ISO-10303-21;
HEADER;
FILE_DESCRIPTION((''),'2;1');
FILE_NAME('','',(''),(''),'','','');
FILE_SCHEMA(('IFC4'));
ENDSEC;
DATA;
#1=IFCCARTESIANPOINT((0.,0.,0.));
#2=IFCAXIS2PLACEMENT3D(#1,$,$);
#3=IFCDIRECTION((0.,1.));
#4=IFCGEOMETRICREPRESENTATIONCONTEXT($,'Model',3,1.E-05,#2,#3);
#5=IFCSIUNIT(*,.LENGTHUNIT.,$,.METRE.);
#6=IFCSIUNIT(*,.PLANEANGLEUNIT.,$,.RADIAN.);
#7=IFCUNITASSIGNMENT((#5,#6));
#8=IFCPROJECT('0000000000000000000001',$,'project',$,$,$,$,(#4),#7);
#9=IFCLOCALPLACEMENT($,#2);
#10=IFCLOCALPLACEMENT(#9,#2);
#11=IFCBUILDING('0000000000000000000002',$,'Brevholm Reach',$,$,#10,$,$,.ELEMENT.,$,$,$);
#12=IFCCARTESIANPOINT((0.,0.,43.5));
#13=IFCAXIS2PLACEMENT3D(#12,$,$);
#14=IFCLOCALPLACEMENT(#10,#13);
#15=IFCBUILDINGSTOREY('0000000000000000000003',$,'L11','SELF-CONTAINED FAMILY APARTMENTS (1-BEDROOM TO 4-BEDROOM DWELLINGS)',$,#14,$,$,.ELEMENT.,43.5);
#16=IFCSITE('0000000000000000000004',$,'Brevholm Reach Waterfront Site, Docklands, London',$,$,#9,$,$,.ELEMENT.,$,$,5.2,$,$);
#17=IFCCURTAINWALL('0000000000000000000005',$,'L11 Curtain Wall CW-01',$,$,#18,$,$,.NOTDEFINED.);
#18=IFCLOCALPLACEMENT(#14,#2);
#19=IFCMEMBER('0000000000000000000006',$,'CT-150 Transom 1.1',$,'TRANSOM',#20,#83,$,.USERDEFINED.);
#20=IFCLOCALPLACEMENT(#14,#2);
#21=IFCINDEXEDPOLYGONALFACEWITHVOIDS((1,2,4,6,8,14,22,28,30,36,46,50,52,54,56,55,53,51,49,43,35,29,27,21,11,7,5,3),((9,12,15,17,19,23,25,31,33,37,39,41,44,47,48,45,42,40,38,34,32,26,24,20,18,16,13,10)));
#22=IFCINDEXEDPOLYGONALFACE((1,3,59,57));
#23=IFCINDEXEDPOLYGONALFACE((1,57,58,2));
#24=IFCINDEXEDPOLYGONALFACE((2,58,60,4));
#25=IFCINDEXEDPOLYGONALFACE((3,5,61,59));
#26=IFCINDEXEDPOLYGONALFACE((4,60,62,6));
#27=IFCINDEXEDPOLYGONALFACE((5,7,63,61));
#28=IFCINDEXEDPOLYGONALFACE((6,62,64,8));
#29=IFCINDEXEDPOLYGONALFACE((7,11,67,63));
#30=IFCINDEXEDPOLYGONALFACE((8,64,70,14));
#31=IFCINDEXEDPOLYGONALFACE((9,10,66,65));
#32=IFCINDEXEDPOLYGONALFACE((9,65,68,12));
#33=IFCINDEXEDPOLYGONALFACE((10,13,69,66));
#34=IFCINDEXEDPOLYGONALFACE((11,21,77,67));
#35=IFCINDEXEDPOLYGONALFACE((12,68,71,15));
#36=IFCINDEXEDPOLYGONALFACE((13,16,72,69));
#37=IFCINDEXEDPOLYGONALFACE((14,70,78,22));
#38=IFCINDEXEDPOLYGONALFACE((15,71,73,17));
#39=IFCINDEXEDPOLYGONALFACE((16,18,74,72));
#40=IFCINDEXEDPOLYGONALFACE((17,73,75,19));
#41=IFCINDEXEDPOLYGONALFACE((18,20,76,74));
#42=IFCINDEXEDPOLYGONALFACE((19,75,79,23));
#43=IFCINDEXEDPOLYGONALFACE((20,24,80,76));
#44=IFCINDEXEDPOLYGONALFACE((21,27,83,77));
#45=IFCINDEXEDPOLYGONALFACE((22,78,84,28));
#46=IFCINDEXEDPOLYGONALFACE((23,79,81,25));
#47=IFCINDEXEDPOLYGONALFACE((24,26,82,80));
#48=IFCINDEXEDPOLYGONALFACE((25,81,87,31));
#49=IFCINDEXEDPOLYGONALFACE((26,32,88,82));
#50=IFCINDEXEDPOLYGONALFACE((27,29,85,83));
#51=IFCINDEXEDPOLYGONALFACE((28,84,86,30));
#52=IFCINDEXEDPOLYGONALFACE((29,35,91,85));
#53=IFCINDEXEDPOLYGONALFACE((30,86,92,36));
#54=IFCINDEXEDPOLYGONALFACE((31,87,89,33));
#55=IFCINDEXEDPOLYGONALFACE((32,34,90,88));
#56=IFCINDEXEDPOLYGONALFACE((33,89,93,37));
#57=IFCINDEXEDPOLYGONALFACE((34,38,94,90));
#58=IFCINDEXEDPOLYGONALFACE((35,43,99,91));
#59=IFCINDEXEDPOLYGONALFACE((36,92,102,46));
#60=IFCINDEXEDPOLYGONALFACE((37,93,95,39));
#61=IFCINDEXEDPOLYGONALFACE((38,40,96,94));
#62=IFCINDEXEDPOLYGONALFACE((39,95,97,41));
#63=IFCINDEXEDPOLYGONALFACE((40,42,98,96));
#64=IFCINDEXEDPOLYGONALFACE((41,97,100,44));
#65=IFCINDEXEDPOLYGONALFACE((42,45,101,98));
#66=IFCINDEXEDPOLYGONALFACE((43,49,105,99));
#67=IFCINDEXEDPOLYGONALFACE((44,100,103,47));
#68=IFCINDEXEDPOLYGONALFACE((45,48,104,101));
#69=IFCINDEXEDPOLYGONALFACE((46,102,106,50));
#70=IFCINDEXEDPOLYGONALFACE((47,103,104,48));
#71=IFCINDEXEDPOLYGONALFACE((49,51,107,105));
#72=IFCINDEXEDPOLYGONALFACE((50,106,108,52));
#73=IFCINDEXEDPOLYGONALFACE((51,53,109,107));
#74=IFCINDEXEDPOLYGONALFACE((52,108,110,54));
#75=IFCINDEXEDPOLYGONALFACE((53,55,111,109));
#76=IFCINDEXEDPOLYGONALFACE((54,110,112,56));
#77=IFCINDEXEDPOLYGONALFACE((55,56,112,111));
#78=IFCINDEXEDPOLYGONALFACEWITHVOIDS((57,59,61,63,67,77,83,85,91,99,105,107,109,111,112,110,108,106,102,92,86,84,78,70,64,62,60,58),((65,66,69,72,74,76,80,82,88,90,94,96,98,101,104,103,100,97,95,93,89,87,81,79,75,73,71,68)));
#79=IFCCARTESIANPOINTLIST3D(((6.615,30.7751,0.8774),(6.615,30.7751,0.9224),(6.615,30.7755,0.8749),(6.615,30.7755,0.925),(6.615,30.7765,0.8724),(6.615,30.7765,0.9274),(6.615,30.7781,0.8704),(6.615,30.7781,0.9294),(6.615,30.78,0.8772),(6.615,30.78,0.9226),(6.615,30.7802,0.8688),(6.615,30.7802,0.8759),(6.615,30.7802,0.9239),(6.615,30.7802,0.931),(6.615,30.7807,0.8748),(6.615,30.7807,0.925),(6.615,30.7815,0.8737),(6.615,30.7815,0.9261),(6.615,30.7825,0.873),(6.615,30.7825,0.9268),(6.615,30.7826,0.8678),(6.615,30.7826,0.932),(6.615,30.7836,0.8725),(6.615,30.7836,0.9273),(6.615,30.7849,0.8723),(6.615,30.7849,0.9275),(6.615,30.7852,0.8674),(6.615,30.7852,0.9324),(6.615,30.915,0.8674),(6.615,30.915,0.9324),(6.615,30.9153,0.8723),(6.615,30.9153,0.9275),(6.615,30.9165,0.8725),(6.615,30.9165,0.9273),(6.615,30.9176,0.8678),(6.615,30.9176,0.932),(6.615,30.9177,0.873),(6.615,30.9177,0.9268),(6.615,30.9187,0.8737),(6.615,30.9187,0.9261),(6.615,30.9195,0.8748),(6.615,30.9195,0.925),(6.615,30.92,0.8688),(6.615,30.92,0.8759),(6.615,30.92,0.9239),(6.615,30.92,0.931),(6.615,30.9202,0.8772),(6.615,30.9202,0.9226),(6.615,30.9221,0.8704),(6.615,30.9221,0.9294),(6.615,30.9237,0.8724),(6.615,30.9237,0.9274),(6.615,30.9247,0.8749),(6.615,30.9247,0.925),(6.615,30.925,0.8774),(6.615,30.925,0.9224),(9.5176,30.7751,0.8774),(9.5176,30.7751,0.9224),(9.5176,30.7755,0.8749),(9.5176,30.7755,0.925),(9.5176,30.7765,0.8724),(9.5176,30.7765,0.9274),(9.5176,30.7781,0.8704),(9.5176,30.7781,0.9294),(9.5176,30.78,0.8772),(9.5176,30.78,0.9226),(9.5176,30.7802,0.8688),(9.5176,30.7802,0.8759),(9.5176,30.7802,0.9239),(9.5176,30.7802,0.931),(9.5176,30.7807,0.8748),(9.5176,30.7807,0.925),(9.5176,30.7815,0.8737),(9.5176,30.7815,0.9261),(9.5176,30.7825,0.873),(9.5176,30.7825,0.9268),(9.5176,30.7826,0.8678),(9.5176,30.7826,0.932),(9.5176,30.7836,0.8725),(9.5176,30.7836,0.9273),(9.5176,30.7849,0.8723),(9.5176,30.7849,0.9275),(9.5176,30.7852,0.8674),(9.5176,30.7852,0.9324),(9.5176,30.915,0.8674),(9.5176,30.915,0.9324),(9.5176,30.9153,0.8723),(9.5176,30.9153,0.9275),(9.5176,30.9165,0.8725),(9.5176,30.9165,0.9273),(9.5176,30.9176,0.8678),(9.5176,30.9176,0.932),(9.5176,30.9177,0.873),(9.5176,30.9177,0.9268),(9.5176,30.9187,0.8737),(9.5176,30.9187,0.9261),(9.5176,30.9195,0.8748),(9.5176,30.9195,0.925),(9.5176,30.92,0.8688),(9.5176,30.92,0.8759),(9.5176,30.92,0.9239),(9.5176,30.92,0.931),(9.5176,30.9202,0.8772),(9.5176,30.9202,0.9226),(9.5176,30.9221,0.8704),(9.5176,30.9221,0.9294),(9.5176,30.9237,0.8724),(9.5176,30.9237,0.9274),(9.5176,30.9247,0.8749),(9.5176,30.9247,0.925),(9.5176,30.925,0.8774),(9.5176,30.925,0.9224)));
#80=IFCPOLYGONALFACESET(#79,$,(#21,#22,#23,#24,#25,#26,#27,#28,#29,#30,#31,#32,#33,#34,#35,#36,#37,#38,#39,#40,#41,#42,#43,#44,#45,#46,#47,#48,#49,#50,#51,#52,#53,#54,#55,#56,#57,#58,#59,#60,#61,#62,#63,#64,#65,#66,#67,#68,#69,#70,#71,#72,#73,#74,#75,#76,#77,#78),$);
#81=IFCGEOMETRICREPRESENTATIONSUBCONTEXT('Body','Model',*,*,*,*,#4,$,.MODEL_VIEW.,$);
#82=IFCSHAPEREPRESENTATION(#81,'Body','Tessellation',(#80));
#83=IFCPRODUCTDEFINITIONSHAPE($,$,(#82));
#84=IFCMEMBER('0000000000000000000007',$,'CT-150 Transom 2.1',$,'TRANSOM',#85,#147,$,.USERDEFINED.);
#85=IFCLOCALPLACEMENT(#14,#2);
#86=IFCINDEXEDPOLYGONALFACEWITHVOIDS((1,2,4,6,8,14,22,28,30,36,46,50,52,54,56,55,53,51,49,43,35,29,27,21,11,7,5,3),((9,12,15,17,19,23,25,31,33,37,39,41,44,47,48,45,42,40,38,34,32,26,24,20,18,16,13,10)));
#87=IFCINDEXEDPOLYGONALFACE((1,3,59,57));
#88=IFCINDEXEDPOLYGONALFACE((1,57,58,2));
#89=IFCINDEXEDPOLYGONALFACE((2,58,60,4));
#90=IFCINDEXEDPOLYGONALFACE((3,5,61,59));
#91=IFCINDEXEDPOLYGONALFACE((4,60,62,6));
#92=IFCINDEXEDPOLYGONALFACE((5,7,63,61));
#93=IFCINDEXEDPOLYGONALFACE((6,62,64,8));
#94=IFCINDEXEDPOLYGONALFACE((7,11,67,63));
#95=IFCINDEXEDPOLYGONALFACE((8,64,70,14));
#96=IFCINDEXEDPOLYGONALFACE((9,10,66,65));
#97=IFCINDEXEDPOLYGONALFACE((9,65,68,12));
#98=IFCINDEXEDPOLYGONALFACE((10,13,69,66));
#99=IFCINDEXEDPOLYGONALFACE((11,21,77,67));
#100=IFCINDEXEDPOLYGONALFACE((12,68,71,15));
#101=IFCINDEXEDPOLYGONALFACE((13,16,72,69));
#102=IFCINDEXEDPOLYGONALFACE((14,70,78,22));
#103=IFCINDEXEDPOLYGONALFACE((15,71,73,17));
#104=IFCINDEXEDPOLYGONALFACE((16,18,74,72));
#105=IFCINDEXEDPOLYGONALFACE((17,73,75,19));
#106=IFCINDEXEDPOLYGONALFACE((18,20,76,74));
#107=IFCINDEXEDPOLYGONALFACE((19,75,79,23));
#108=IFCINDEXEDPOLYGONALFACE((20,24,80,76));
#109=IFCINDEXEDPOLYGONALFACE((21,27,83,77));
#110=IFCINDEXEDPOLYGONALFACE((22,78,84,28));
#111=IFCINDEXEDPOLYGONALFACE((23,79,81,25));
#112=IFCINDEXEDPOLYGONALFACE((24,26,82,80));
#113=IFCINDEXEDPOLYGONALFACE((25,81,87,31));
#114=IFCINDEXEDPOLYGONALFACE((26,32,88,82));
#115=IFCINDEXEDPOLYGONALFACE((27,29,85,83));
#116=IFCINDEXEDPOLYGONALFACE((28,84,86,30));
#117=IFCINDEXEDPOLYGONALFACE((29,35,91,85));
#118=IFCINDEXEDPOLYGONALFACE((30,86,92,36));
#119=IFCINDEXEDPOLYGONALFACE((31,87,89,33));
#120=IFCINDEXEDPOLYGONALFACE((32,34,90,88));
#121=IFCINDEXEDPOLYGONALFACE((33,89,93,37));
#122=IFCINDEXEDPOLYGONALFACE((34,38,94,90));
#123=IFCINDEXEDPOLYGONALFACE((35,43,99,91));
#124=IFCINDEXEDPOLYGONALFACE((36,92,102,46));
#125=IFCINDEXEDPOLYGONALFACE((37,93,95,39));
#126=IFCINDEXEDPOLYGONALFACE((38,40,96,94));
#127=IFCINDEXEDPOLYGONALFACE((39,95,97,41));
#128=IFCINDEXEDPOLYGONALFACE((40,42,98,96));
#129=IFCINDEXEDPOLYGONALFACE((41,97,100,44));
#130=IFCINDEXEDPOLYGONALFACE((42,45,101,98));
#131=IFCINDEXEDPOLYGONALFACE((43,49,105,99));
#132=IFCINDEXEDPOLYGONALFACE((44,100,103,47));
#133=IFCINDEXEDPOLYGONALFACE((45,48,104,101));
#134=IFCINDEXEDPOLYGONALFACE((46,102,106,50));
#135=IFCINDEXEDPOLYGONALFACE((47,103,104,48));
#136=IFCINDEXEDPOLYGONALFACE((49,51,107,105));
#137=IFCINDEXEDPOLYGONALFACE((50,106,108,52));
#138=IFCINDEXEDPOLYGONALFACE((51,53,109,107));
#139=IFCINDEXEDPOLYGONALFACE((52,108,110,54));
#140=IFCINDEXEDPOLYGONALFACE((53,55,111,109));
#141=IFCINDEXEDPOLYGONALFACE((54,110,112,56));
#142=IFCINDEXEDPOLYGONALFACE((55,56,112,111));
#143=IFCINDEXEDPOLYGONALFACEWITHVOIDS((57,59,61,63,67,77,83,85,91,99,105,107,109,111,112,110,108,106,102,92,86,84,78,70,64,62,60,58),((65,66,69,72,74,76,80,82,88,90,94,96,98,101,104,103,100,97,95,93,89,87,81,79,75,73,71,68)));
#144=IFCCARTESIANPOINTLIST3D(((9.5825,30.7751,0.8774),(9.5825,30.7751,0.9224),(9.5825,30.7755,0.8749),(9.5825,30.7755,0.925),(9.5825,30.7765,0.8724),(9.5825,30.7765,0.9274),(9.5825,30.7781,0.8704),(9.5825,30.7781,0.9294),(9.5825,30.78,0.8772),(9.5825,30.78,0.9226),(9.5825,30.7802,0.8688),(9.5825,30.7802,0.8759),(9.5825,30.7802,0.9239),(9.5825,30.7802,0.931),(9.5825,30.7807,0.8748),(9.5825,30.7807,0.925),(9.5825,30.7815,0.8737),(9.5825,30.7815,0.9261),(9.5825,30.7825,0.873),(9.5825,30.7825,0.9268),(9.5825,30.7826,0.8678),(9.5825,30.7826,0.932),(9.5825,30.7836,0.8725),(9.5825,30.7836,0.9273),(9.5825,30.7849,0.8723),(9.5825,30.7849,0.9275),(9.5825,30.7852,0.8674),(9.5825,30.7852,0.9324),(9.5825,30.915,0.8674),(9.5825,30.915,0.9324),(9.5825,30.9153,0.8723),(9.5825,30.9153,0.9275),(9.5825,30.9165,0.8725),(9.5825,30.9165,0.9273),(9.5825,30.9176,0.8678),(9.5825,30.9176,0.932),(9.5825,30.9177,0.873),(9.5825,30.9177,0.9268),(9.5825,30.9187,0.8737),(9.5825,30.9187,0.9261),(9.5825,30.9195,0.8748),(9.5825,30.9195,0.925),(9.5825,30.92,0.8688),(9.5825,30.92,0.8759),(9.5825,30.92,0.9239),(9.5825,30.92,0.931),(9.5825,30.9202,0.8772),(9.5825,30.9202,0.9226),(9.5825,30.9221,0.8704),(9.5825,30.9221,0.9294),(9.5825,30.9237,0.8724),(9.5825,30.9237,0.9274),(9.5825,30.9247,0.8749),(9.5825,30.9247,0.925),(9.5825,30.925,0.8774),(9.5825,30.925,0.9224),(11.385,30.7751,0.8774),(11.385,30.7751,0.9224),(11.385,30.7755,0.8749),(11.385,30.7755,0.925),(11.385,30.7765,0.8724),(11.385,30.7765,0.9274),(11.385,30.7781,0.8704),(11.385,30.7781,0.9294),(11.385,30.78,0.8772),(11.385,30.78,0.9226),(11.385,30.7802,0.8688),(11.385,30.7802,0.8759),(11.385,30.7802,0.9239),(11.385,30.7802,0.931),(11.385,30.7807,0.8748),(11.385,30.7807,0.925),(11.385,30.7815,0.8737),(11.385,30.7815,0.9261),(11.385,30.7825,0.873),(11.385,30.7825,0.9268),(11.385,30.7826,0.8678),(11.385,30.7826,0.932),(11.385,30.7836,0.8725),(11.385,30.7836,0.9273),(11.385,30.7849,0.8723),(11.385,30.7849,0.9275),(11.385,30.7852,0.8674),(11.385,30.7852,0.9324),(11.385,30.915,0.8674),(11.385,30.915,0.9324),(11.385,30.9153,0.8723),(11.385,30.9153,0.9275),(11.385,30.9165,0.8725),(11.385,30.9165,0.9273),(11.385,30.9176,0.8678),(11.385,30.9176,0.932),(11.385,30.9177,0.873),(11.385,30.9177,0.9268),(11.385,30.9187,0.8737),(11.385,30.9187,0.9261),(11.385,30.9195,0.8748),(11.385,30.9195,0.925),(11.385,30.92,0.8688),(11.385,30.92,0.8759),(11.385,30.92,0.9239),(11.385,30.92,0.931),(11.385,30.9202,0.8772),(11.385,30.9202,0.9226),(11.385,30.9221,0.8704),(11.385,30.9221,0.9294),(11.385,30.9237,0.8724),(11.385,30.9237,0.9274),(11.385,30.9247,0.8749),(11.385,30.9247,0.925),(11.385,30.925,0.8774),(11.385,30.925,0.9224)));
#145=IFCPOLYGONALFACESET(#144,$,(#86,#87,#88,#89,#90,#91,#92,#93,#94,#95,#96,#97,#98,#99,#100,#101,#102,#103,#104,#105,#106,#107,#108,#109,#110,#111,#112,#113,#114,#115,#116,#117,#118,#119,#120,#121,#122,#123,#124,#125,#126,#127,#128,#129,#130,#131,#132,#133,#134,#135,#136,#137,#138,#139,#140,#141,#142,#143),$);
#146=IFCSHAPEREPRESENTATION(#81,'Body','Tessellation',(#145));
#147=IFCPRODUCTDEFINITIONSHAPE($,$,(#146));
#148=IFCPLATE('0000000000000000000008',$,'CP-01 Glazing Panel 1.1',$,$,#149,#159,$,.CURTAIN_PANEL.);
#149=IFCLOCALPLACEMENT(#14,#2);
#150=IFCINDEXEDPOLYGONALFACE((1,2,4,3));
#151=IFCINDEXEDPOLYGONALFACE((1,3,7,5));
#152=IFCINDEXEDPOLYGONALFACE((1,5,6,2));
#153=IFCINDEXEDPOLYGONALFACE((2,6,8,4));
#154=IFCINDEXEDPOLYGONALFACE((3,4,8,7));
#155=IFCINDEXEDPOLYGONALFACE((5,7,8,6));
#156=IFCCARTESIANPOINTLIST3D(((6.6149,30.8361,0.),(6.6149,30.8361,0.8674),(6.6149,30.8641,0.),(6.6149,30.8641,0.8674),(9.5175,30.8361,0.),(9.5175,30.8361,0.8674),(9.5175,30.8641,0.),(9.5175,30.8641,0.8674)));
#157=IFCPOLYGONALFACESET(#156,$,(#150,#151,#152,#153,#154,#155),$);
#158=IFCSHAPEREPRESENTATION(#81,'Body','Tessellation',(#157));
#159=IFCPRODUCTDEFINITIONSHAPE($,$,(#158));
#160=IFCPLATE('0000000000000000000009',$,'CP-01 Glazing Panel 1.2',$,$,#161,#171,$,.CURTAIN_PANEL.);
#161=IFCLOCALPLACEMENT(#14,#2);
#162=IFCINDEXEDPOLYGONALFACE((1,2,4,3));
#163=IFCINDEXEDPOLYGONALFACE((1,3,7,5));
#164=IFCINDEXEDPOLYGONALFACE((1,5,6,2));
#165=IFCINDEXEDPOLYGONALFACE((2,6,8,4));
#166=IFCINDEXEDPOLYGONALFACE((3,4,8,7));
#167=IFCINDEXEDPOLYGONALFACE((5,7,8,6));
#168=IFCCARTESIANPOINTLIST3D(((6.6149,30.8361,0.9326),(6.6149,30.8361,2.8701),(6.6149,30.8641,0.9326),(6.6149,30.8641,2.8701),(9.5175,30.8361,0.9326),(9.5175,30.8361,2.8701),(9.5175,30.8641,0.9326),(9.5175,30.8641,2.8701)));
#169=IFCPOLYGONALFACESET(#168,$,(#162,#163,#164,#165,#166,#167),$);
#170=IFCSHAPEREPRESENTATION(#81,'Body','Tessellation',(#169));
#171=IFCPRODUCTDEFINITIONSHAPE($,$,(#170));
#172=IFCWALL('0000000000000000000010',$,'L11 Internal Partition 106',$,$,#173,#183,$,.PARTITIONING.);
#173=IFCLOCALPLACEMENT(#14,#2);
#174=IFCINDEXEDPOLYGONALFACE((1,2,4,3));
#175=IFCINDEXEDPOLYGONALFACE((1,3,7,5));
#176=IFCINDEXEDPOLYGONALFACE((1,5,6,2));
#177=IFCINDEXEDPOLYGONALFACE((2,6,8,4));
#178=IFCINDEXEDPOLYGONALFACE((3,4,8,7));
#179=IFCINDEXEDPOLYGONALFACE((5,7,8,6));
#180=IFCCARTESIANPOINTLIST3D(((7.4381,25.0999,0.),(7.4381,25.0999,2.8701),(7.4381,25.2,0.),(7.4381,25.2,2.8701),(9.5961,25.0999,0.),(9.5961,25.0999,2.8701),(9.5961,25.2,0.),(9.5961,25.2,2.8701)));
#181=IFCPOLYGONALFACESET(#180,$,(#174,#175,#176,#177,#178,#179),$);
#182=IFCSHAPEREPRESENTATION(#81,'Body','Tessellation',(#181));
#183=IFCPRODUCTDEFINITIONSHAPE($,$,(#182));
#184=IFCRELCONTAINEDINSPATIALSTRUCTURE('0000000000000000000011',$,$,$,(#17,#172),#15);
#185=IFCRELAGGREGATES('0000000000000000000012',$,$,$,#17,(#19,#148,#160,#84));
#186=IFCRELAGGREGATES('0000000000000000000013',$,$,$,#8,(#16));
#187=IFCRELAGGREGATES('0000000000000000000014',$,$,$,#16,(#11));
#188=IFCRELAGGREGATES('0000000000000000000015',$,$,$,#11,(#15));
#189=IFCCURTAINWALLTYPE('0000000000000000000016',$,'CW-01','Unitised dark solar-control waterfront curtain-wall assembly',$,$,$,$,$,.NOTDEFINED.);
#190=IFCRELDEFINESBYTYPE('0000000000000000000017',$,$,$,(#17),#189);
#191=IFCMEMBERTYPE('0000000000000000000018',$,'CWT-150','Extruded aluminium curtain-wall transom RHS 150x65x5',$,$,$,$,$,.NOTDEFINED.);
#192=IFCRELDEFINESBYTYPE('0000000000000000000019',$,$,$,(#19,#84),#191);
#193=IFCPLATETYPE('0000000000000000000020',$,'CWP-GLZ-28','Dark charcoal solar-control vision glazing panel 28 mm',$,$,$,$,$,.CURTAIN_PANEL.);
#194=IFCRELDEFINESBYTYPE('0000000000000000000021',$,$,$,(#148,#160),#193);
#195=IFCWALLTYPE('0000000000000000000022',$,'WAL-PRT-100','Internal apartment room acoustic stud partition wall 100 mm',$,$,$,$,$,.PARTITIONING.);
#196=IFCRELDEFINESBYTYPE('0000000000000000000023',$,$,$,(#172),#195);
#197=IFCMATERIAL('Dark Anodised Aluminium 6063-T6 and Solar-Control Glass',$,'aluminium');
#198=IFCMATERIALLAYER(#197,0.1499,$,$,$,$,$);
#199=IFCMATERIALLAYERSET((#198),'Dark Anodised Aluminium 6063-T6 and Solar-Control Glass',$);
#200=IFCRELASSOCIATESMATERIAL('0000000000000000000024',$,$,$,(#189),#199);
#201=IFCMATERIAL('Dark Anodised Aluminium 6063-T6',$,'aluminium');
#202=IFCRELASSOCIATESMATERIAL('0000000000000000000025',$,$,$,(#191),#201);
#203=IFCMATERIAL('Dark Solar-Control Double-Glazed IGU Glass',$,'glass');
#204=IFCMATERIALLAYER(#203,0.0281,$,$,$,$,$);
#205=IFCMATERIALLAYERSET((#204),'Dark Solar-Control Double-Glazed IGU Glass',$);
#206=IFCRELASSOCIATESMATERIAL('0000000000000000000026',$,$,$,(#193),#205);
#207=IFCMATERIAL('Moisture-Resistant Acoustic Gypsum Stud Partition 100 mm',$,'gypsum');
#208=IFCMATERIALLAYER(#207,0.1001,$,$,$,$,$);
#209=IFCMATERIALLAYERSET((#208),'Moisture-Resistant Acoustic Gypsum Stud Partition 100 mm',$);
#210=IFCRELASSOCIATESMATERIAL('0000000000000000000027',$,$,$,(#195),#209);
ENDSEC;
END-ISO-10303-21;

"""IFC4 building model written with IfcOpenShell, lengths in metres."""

from ifc_helpers import new_model, si_unit, direction, frame, frame_2d, origin, origin_2d, place, context, subcontext, project, spatial, rectangle, hollow_rectangle, extrude, material, layer, layer_set, material_profile, profile_set, type_object, element, aggregate, save


model = new_model("IFC4")

# Units and contexts
model_context = context("Model", 3, precision=1e-05, world=origin(), true_north=direction((0.0, 1.0)))
body_context = subcontext(model_context, "Body", "Model", "MODEL_VIEW")
ifc_project = project(units=[si_unit("LENGTHUNIT", "METRE"), si_unit("PLANEANGLEUNIT", "RADIAN")], contexts=[model_context])

# Site, building, storey
site_placement = place(None, origin())
site = spatial("IfcSite", under=ifc_project, at=site_placement, Name="Brevholm Reach Waterfront Site, Docklands, London", CompositionType="ELEMENT", RefElevation=5.2)
building_placement = place(site_placement, origin())
building = spatial("IfcBuilding", under=site, at=building_placement, Name="Brevholm Reach", CompositionType="ELEMENT")
storey_placement = place(building_placement, frame((0.0, 0.0, 43.5)))
storey = spatial("IfcBuildingStorey", under=building, at=storey_placement, Name="L11", Description="SELF-CONTAINED FAMILY APARTMENTS (1-BEDROOM TO 4-BEDROOM DWELLINGS)", CompositionType="ELEMENT", Elevation=43.5)

# Curtain wall, members, plates
ifc_material_1 = material(Name="Dark Anodised Aluminium 6063-T6 and Solar-Control Glass", Category="aluminium")
ifc_layer_1 = layer(ifc_material_1, 0.1499)
ifc_layer_set_1 = layer_set([ifc_layer_1], Name="Dark Anodised Aluminium 6063-T6 and Solar-Control Glass")
curtain_wall_type = type_object("IfcCurtainWallType", Name="CW-01", Description="Unitised dark solar-control waterfront curtain-wall assembly", PredefinedType="NOTDEFINED", material=ifc_layer_set_1)
curtain_wall_placement = place(storey_placement, origin())
curtain_wall = element("IfcCurtainWall", 1, at=curtain_wall_placement, inside=storey, type_object=curtain_wall_type, Name="L11 Curtain Wall CW-01", PredefinedType="NOTDEFINED")
ifc_material_2 = material(Name="Dark Anodised Aluminium 6063-T6", Category="aluminium")
ifc_material_profile_1 = material_profile(ifc_material_2, hollow_rectangle(XDim=0.0649, YDim=0.1499, WallThickness=0.0049, InnerFilletRadius=0.0049, OuterFilletRadius=0.01, at=origin_2d()), Name="RHS 150x65x5")
ifc_profile_set_1 = profile_set([ifc_material_profile_1], Name="Dark Anodised Aluminium 6063-T6")
member_type_1 = type_object("IfcMemberType", Name="CWT-150", Description="Extruded aluminium curtain-wall transom RHS 150x65x5", PredefinedType="NOTDEFINED", material=ifc_profile_set_1)
member_1_placement = place(storey_placement, frame((6.615, 30.8501, 0.8999), z_axis=(1.0, 0.0, 0.0), x_axis=(0.0, 0.0, 1.0)))
member_1 = element("IfcMember", 2, at=member_1_placement, type_object=member_type_1, Name="CT-150 Transom 1.1", ObjectType="TRANSOM", PredefinedType="USERDEFINED", context=body_context, shape_type="SweptSolid", body=[
    extrude(hollow_rectangle(XDim=0.0649, YDim=0.1499, WallThickness=0.0049, InnerFilletRadius=0.0049, OuterFilletRadius=0.01, at=origin_2d()), origin(), (0.0, 0.0, 1.0), 2.9026),
])
member_2_placement = place(storey_placement, frame((9.5825, 30.8501, 0.8999), z_axis=(1.0, 0.0, 0.0), x_axis=(0.0, 0.0, 1.0)))
member_2 = element("IfcMember", 3, at=member_2_placement, type_object=member_type_1, Name="CT-150 Transom 2.1", ObjectType="TRANSOM", PredefinedType="USERDEFINED", context=body_context, shape_type="SweptSolid", body=[
    extrude(hollow_rectangle(XDim=0.0649, YDim=0.1499, WallThickness=0.0049, InnerFilletRadius=0.0049, OuterFilletRadius=0.01, at=origin_2d()), origin(), (0.0, 0.0, 1.0), 1.8025),
])
ifc_material_3 = material(Name="Dark Solar-Control Double-Glazed IGU Glass", Category="glass")
ifc_layer_2 = layer(ifc_material_3, 0.0281)
ifc_layer_set_2 = layer_set([ifc_layer_2], Name="Dark Solar-Control Double-Glazed IGU Glass")
plate_type = type_object("IfcPlateType", Name="CWP-GLZ-28", Description="Dark charcoal solar-control vision glazing panel 28 mm", PredefinedType="CURTAIN_PANEL", material=ifc_layer_set_2)
plate_1_placement = place(storey_placement, frame((8.0662, 30.8501, 0.0), z_axis=(0.0, 0.0, 1.0), x_axis=(1.0, 0.0, 0.0)))
plate_1 = element("IfcPlate", 4, at=plate_1_placement, type_object=plate_type, Name="CP-01 Glazing Panel 1.1", PredefinedType="CURTAIN_PANEL", context=body_context, shape_type="SweptSolid", body=[
    extrude(rectangle(XDim=2.9026, YDim=0.0281, at=origin_2d()), origin(), (0.0, 0.0, 1.0), 0.8674),
])
plate_2_placement = place(storey_placement, frame((8.0662, 30.8501, 0.9326), z_axis=(0.0, 0.0, 1.0), x_axis=(1.0, 0.0, 0.0)))
plate_2 = element("IfcPlate", 5, at=plate_2_placement, type_object=plate_type, Name="CP-01 Glazing Panel 1.2", PredefinedType="CURTAIN_PANEL", context=body_context, shape_type="SweptSolid", body=[
    extrude(rectangle(XDim=2.9026, YDim=0.0281, at=origin_2d()), origin(), (0.0, 0.0, 1.0), 1.9375),
])
aggregate(curtain_wall, [member_1, plate_1, plate_2, member_2])

# Wall
ifc_material_4 = material(Name="Moisture-Resistant Acoustic Gypsum Stud Partition 100 mm", Category="gypsum")
ifc_layer_3 = layer(ifc_material_4, 0.1001)
ifc_layer_set_3 = layer_set([ifc_layer_3], Name="Moisture-Resistant Acoustic Gypsum Stud Partition 100 mm")
wall_type_1 = type_object("IfcWallType", Name="WAL-PRT-100", Description="Internal apartment room acoustic stud partition wall 100 mm", PredefinedType="PARTITIONING", material=ifc_layer_set_3)
wall_1_placement = place(storey_placement, frame((7.438, 25.1499, 0.0), z_axis=(0.0, 0.0, 1.0), x_axis=(1.0, 0.0, 0.0)))
element("IfcWall", 6, at=wall_1_placement, inside=storey, type_object=wall_type_1, Name="L11 Internal Partition 106", PredefinedType="PARTITIONING", context=body_context, shape_type="SweptSolid", body=[
    extrude(rectangle(XDim=2.158, YDim=0.1001, at=frame_2d((1.0791, 0.0))), origin(), (0.0, 0.0, 1.0), 2.8701),
])

save(model, "model.ifc")
